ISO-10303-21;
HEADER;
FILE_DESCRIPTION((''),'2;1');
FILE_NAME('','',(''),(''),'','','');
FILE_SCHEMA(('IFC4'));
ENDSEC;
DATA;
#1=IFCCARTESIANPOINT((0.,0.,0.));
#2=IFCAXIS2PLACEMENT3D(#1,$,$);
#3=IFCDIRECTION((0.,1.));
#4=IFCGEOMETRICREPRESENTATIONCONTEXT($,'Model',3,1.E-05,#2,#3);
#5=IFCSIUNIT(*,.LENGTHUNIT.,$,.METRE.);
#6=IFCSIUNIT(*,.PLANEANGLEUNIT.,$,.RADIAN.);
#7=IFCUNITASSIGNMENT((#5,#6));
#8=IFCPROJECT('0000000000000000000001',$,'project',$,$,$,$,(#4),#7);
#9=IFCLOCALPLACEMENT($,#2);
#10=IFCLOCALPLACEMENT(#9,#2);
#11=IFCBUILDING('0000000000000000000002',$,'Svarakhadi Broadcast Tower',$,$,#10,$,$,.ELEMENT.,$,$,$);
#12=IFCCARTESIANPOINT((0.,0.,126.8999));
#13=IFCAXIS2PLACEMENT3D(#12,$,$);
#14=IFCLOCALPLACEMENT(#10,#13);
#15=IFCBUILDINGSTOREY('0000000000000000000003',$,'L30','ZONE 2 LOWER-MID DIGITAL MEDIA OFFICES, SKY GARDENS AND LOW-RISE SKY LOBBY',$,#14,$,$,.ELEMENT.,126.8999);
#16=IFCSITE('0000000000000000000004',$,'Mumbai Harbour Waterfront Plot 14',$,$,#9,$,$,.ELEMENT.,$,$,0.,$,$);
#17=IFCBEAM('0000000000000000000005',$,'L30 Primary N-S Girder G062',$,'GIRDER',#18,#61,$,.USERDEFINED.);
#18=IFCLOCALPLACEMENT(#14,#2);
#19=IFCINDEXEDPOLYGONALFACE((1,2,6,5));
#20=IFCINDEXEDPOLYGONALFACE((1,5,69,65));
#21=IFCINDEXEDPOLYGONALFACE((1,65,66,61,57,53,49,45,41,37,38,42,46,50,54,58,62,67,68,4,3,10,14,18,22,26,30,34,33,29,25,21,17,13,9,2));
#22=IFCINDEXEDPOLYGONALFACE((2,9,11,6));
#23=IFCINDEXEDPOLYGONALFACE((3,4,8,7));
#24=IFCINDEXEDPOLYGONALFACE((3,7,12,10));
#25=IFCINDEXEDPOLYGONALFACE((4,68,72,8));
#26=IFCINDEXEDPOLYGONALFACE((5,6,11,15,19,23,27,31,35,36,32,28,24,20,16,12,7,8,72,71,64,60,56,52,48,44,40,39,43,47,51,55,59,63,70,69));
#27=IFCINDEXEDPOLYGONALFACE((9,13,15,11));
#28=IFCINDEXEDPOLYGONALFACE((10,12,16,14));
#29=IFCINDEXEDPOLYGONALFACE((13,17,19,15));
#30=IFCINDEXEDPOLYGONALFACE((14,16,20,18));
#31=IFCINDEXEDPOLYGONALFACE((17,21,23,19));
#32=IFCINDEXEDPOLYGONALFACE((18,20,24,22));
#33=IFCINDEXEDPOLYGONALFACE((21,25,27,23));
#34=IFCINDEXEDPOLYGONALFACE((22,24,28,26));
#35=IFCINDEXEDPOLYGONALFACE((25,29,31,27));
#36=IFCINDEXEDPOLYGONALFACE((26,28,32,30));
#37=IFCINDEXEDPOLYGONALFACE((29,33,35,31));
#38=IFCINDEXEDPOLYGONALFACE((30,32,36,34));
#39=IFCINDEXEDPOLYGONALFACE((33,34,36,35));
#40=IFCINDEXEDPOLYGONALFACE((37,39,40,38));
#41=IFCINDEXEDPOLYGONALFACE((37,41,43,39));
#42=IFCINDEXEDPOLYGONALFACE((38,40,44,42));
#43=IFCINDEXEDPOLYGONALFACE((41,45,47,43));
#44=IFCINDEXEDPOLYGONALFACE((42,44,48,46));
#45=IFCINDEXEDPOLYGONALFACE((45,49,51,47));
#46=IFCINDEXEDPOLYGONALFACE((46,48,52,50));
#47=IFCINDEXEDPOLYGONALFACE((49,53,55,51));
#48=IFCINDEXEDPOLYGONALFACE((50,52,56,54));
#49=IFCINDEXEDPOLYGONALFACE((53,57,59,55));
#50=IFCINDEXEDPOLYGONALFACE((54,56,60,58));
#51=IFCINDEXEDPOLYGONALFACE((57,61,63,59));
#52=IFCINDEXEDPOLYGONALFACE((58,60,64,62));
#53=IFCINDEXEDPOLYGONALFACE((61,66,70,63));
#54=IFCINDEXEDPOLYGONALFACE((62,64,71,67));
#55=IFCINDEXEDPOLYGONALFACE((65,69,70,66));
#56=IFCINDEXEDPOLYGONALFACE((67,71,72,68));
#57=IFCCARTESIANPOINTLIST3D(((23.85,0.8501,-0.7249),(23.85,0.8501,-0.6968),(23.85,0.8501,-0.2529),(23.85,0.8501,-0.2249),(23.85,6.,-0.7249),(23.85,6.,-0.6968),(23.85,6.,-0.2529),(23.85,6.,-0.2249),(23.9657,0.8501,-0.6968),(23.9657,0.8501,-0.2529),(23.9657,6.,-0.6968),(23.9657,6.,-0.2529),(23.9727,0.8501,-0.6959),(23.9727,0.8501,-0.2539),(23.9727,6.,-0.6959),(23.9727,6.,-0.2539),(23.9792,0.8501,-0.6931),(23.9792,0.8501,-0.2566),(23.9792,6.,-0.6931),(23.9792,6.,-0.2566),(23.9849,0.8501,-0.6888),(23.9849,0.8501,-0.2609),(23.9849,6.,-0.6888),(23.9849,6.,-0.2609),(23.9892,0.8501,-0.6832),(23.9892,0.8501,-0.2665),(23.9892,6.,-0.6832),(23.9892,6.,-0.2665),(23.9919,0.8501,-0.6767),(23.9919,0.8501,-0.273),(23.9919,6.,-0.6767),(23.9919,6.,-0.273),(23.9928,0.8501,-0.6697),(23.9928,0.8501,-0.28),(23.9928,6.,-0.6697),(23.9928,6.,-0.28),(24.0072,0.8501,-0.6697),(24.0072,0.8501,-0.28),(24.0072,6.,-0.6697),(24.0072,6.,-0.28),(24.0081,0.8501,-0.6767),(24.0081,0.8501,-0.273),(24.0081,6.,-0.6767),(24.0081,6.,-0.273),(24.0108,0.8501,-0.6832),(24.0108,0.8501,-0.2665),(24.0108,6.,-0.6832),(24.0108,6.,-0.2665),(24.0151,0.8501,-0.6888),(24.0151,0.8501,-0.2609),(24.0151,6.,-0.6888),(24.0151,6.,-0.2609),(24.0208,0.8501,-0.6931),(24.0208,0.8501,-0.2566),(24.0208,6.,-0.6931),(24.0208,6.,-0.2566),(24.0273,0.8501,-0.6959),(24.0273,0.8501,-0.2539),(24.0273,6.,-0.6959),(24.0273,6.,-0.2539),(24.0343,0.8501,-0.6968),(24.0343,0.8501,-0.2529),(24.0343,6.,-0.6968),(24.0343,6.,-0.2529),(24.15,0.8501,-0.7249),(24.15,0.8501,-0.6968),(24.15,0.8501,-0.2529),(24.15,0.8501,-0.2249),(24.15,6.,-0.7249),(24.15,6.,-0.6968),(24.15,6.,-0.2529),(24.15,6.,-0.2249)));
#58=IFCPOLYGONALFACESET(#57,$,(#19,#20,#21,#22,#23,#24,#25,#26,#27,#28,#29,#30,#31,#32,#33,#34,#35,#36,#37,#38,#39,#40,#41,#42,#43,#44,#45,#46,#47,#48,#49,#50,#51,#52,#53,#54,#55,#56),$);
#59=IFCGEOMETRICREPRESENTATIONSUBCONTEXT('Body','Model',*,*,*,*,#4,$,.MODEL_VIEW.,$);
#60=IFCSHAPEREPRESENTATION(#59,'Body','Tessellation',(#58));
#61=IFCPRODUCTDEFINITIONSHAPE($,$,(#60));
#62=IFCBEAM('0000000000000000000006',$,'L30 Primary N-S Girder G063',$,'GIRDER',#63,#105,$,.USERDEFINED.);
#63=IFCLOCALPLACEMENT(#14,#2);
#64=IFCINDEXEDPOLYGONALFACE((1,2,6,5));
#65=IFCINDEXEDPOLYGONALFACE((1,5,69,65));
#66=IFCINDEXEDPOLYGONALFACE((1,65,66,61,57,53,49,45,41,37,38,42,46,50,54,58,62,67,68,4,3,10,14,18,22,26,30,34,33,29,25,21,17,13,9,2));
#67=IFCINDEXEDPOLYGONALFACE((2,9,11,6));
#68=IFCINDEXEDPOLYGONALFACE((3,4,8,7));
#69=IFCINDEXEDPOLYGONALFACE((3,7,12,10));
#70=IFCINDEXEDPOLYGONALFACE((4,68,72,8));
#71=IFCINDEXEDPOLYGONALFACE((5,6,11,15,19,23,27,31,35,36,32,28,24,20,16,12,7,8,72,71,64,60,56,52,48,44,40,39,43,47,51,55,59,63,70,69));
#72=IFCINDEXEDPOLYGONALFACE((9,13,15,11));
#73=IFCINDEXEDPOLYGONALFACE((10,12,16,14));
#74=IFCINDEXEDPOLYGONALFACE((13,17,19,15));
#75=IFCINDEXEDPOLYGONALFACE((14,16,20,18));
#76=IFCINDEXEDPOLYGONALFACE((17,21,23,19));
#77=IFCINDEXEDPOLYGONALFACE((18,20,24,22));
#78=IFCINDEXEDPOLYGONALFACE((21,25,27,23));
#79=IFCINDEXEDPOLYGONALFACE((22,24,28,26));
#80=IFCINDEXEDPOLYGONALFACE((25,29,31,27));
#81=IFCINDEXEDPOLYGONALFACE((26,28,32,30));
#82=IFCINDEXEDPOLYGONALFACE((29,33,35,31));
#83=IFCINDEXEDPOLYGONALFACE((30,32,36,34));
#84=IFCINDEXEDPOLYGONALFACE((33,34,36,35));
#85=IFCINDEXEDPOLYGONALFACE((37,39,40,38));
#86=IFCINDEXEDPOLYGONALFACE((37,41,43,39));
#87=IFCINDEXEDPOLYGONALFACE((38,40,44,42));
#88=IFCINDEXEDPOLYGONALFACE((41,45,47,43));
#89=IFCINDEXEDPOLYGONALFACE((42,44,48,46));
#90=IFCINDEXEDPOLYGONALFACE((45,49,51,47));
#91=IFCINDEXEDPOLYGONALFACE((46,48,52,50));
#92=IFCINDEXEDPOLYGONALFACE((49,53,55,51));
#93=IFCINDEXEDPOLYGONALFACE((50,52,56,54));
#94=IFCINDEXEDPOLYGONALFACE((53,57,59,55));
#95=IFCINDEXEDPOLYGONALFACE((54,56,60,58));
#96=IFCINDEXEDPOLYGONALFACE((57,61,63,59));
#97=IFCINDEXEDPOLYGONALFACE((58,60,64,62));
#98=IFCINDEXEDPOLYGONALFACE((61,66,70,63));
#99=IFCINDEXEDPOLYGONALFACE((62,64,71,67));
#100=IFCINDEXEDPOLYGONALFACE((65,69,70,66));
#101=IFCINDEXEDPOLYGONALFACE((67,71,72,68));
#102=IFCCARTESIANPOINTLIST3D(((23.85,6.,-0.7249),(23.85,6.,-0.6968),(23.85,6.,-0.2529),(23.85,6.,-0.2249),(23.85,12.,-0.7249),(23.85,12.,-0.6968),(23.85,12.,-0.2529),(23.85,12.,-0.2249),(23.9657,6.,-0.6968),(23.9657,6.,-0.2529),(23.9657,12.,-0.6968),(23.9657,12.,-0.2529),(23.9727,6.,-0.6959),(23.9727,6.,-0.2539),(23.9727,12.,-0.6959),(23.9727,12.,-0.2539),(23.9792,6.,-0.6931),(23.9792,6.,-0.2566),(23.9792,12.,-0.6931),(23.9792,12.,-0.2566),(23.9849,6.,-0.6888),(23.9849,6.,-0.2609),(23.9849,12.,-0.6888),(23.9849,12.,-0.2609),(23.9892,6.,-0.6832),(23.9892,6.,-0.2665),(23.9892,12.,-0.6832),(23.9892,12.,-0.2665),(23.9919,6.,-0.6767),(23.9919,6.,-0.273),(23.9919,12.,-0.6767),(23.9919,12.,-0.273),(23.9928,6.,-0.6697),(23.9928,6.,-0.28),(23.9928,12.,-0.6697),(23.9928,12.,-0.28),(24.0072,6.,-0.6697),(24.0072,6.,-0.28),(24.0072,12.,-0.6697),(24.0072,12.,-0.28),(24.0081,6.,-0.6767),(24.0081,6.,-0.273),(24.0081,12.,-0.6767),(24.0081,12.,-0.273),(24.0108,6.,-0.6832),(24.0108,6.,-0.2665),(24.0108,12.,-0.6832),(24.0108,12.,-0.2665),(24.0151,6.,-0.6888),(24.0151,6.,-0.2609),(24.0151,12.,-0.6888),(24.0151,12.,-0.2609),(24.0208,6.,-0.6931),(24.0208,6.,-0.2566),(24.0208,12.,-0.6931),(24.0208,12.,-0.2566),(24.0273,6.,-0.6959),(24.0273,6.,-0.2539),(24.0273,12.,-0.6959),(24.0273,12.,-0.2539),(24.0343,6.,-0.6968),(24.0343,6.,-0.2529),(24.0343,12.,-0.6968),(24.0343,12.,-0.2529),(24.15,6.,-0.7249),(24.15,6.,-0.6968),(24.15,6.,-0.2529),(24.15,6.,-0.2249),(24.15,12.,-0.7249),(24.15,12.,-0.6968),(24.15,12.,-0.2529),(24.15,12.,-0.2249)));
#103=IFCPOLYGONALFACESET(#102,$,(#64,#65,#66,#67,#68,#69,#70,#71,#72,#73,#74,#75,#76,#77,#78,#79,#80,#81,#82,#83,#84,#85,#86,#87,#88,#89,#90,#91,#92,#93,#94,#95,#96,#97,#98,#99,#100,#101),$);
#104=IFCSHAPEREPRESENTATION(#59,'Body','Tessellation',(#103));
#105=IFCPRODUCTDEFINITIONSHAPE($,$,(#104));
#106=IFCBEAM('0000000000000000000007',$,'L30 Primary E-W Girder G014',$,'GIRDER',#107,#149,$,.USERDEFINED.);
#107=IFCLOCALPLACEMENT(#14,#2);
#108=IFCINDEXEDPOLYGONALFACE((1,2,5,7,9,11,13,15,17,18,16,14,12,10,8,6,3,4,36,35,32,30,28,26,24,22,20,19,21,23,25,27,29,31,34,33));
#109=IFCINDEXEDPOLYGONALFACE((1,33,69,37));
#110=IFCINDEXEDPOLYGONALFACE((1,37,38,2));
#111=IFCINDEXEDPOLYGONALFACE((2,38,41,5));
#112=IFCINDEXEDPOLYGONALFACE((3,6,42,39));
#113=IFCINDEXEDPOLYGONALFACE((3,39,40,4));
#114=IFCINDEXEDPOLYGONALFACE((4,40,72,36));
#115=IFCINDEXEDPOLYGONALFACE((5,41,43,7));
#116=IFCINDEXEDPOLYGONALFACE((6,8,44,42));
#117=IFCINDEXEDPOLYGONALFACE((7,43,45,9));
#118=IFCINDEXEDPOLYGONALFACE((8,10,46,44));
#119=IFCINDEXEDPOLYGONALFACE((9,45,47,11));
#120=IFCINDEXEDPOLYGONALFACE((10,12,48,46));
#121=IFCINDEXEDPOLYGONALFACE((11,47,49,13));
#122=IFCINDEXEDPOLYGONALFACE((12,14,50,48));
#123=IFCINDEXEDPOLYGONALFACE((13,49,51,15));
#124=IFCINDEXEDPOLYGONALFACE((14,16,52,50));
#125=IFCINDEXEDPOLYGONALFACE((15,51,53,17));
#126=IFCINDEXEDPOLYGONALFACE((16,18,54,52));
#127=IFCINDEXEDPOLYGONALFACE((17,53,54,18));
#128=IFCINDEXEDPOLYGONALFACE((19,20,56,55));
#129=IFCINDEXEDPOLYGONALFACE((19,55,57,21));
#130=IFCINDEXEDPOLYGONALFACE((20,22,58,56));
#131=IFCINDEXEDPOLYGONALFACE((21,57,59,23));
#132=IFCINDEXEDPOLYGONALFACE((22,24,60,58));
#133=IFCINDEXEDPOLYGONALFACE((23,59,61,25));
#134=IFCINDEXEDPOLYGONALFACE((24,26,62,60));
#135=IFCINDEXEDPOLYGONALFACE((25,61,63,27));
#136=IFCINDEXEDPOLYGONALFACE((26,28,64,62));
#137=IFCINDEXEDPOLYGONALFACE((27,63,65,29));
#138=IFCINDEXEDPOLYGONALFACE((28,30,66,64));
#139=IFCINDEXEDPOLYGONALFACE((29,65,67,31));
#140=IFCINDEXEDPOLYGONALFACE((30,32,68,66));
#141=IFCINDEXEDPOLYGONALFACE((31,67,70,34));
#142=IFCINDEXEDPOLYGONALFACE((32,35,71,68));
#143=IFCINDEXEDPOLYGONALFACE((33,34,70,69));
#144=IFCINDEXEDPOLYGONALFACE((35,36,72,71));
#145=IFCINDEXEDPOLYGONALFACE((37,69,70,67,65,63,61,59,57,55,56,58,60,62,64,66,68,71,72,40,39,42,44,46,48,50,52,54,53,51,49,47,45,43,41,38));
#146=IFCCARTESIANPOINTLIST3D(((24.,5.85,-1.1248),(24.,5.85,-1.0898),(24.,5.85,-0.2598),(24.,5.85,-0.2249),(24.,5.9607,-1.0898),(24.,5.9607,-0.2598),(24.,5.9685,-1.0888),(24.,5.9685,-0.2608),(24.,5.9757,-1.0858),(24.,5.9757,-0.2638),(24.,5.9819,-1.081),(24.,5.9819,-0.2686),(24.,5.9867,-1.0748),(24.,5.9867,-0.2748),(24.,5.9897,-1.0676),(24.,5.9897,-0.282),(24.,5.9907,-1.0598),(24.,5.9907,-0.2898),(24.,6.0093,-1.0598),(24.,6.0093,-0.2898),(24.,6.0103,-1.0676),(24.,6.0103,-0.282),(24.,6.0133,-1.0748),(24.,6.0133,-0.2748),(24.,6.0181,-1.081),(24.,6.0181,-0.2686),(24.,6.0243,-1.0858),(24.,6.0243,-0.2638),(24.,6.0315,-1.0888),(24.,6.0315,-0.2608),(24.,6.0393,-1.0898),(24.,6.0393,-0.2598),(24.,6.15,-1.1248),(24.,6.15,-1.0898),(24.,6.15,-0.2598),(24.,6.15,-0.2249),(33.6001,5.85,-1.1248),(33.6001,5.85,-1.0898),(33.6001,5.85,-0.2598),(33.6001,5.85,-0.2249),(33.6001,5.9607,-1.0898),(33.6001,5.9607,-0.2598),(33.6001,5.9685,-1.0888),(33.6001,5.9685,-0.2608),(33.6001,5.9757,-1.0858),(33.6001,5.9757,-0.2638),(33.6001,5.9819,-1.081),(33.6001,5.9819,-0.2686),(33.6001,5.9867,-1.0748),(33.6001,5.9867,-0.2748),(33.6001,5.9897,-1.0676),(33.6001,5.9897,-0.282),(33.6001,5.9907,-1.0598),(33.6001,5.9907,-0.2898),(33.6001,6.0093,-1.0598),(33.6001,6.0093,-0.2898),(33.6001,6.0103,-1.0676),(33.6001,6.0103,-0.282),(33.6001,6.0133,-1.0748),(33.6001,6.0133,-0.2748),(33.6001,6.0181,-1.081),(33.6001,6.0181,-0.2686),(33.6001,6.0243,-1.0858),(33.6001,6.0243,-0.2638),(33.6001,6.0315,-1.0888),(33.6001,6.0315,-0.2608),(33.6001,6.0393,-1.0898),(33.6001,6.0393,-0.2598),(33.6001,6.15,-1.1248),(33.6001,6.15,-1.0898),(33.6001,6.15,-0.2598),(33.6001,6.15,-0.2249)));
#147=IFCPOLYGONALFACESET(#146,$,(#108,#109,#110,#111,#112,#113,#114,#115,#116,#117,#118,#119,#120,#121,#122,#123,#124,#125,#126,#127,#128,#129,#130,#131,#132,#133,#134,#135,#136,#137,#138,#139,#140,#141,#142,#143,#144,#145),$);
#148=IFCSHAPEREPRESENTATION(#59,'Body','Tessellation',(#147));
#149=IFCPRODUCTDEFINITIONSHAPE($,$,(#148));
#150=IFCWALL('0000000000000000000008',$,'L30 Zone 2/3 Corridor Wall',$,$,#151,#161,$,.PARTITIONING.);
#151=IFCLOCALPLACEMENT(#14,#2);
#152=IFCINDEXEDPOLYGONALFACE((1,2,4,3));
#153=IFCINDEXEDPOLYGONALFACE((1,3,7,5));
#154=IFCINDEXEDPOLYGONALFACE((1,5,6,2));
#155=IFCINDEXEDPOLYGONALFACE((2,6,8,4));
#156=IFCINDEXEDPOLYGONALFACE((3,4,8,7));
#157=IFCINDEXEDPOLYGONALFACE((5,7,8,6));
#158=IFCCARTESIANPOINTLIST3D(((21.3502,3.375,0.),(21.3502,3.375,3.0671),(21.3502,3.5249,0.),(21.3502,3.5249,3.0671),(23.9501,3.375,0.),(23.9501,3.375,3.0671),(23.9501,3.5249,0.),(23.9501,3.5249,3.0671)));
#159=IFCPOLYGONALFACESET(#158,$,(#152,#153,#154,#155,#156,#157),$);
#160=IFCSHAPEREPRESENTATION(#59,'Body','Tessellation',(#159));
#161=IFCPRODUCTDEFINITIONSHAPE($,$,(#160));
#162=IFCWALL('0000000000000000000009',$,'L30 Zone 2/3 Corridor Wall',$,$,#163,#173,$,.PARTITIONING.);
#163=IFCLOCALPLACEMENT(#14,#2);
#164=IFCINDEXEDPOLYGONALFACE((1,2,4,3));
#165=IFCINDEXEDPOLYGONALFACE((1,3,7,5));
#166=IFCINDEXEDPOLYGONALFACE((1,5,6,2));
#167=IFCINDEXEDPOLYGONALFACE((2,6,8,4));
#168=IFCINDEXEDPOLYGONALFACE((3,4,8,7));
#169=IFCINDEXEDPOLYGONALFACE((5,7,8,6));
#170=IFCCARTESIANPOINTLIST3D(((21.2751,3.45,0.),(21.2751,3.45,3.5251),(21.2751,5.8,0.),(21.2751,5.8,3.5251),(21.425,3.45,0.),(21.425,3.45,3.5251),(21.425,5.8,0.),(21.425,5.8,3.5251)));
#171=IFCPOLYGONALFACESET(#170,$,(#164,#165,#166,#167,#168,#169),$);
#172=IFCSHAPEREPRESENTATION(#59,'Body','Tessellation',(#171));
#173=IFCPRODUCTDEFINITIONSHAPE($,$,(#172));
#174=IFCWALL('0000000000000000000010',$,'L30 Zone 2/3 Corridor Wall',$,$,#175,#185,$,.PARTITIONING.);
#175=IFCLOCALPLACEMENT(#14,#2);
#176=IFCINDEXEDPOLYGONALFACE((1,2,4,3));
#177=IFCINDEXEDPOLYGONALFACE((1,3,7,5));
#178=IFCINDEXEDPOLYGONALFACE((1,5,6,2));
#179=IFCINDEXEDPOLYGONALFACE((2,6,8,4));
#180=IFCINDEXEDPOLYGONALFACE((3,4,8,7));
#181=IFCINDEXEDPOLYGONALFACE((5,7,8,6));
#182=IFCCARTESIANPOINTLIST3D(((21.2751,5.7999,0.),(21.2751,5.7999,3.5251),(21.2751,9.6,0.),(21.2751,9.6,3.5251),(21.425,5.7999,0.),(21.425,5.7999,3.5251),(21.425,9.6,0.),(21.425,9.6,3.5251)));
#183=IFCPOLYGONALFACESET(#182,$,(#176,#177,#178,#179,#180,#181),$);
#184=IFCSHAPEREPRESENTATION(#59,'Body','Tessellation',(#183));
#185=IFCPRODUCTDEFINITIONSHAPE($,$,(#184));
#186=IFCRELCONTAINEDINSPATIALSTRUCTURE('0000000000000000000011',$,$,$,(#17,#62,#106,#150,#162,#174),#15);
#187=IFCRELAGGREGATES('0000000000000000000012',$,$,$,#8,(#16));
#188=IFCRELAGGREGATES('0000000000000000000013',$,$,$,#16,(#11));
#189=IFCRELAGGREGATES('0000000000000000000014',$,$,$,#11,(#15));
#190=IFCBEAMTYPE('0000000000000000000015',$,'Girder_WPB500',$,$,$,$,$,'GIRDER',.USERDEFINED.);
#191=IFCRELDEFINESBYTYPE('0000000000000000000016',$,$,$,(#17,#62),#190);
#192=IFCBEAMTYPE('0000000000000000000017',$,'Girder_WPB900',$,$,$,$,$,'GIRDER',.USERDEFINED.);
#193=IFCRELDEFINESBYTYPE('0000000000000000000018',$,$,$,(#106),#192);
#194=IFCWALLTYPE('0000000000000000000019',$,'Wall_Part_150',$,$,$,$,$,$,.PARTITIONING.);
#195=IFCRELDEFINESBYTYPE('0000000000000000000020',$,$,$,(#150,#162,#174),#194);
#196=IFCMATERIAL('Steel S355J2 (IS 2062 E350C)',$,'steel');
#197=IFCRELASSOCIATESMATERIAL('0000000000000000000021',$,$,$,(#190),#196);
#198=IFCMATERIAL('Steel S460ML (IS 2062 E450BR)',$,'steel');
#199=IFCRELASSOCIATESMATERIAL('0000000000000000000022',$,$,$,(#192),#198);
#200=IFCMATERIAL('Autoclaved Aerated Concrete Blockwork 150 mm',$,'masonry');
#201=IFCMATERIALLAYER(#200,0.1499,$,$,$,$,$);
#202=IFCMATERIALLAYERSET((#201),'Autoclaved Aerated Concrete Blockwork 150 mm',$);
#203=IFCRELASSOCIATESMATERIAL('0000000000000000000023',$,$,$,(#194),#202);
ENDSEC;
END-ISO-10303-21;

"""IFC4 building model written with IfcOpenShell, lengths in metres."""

from ifc_helpers import new_model, si_unit, direction, frame, frame_2d, origin, origin_2d, place, context, subcontext, project, spatial, rectangle, i_section, extrude, material, layer, layer_set, material_profile, profile_set, type_object, element, save


model = new_model("IFC4")

# Units and contexts
model_context = context("Model", 3, precision=1e-05, world=origin(), true_north=direction((0.0, 1.0)))
body_context = subcontext(model_context, "Body", "Model", "MODEL_VIEW")
ifc_project = project(units=[si_unit("LENGTHUNIT", "METRE"), si_unit("PLANEANGLEUNIT", "RADIAN")], contexts=[model_context])

# Site, building, storey
site_placement = place(None, origin())
site = spatial("IfcSite", under=ifc_project, at=site_placement, Name="Mumbai Harbour Waterfront Plot 14", CompositionType="ELEMENT", RefElevation=0.0)
building_placement = place(site_placement, origin())
building = spatial("IfcBuilding", under=site, at=building_placement, Name="Svarakhadi Broadcast Tower", CompositionType="ELEMENT")
storey_placement = place(building_placement, frame((0.0, 0.0, 126.8999)))
storey = spatial("IfcBuildingStorey", under=building, at=storey_placement, Name="L30", Description="ZONE 2 LOWER-MID DIGITAL MEDIA OFFICES, SKY GARDENS AND LOW-RISE SKY LOBBY", CompositionType="ELEMENT", Elevation=126.8999)

# Beams
ifc_material_1 = material(Name="Steel S355J2 (IS 2062 E350C)", Category="steel")
ifc_material_profile_1 = material_profile(ifc_material_1, i_section(OverallWidth=0.3, OverallDepth=0.5, WebThickness=0.0144, FlangeThickness=0.0281, FilletRadius=0.0271, at=origin_2d()), Name="WPB 500x300x187")
ifc_profile_set_1 = profile_set([ifc_material_profile_1], Name="Steel S355J2 (IS 2062 E350C)")
beam_type_1 = type_object("IfcBeamType", Name="Girder_WPB500", ElementType="GIRDER", PredefinedType="USERDEFINED", material=ifc_profile_set_1)
beam_1_placement = place(storey_placement, frame((24.0, 0.8501, -0.4749), z_axis=(0.0, 1.0, 0.0), x_axis=(-1.0, 0.0, 0.0)))
element("IfcBeam", 1, at=beam_1_placement, inside=storey, type_object=beam_type_1, Name="L30 Primary N-S Girder G062", ObjectType="GIRDER", PredefinedType="USERDEFINED", context=body_context, shape_type="SweptSolid", body=[
    extrude(i_section(OverallWidth=0.3, OverallDepth=0.5, WebThickness=0.0144, FlangeThickness=0.0281, FilletRadius=0.0271, at=origin_2d()), origin(), (0.0, 0.0, 1.0), 5.1499),
])
beam_2_placement = place(storey_placement, frame((24.0, 6.0, -0.4749), z_axis=(0.0, 1.0, 0.0), x_axis=(-1.0, 0.0, 0.0)))
element("IfcBeam", 2, at=beam_2_placement, inside=storey, type_object=beam_type_1, Name="L30 Primary N-S Girder G063", ObjectType="GIRDER", PredefinedType="USERDEFINED", context=body_context, shape_type="SweptSolid", body=[
    extrude(i_section(OverallWidth=0.3, OverallDepth=0.5, WebThickness=0.0144, FlangeThickness=0.0281, FilletRadius=0.0271, at=origin_2d()), origin(), (0.0, 0.0, 1.0), 6.0),
])
ifc_material_2 = material(Name="Steel S460ML (IS 2062 E450BR)", Category="steel")
ifc_material_profile_2 = material_profile(ifc_material_2, i_section(OverallWidth=0.3, OverallDepth=0.8999, WebThickness=0.0186, FlangeThickness=0.0349, FilletRadius=0.03, at=origin_2d()), Name="WPB 900x300x291")
ifc_profile_set_2 = profile_set([ifc_material_profile_2], Name="Steel S460ML (IS 2062 E450BR)")
beam_type_2 = type_object("IfcBeamType", Name="Girder_WPB900", ElementType="GIRDER", PredefinedType="USERDEFINED", material=ifc_profile_set_2)
beam_3_placement = place(storey_placement, frame((24.0, 6.0, -0.6748), z_axis=(1.0, 0.0, 0.0), x_axis=(0.0, 1.0, 0.0)))
element("IfcBeam", 3, at=beam_3_placement, inside=storey, type_object=beam_type_2, Name="L30 Primary E-W Girder G014", ObjectType="GIRDER", PredefinedType="USERDEFINED", context=body_context, shape_type="SweptSolid", body=[
    extrude(i_section(OverallWidth=0.3, OverallDepth=0.8999, WebThickness=0.0186, FlangeThickness=0.0349, FilletRadius=0.03, at=origin_2d()), origin(), (0.0, 0.0, 1.0), 9.6001),
])

# Walls
ifc_material_3 = material(Name="Autoclaved Aerated Concrete Blockwork 150 mm", Category="masonry")
ifc_layer_1 = layer(ifc_material_3, 0.1499)
ifc_layer_set_1 = layer_set([ifc_layer_1], Name="Autoclaved Aerated Concrete Blockwork 150 mm")
wall_type_1 = type_object("IfcWallType", Name="Wall_Part_150", PredefinedType="PARTITIONING", material=ifc_layer_set_1)
wall_1_placement = place(storey_placement, frame((23.95, 3.45, 0.0), z_axis=(0.0, 0.0, 1.0), x_axis=(-1.0, 0.0, 0.0)))
element("IfcWall", 4, at=wall_1_placement, inside=storey, type_object=wall_type_1, Name="L30 Zone 2/3 Corridor Wall", PredefinedType="PARTITIONING", context=body_context, shape_type="SweptSolid", body=[
    extrude(rectangle(XDim=2.5999, YDim=0.1499, at=frame_2d((1.2998, 0.0))), origin(), (0.0, 0.0, 1.0), 3.0671),
])
wall_2_placement = place(storey_placement, frame((21.3501, 3.45, 0.0), z_axis=(0.0, 0.0, 1.0), x_axis=(0.0, 1.0, 0.0)))
element("IfcWall", 5, at=wall_2_placement, inside=storey, type_object=wall_type_1, Name="L30 Zone 2/3 Corridor Wall", PredefinedType="PARTITIONING", context=body_context, shape_type="SweptSolid", body=[
    extrude(rectangle(XDim=2.3501, YDim=0.1499, at=frame_2d((1.175, 0.0))), origin(), (0.0, 0.0, 1.0), 3.5251),
])
wall_3_placement = place(storey_placement, frame((21.3501, 5.8, 0.0), z_axis=(0.0, 0.0, 1.0), x_axis=(0.0, 1.0, 0.0)))
element("IfcWall", 6, at=wall_3_placement, inside=storey, type_object=wall_type_1, Name="L30 Zone 2/3 Corridor Wall", PredefinedType="PARTITIONING", context=body_context, shape_type="SweptSolid", body=[
    extrude(rectangle(XDim=3.8, YDim=0.1499, at=frame_2d((1.8999, 0.0))), origin(), (0.0, 0.0, 1.0), 3.5251),
])

save(model, "model.ifc")
